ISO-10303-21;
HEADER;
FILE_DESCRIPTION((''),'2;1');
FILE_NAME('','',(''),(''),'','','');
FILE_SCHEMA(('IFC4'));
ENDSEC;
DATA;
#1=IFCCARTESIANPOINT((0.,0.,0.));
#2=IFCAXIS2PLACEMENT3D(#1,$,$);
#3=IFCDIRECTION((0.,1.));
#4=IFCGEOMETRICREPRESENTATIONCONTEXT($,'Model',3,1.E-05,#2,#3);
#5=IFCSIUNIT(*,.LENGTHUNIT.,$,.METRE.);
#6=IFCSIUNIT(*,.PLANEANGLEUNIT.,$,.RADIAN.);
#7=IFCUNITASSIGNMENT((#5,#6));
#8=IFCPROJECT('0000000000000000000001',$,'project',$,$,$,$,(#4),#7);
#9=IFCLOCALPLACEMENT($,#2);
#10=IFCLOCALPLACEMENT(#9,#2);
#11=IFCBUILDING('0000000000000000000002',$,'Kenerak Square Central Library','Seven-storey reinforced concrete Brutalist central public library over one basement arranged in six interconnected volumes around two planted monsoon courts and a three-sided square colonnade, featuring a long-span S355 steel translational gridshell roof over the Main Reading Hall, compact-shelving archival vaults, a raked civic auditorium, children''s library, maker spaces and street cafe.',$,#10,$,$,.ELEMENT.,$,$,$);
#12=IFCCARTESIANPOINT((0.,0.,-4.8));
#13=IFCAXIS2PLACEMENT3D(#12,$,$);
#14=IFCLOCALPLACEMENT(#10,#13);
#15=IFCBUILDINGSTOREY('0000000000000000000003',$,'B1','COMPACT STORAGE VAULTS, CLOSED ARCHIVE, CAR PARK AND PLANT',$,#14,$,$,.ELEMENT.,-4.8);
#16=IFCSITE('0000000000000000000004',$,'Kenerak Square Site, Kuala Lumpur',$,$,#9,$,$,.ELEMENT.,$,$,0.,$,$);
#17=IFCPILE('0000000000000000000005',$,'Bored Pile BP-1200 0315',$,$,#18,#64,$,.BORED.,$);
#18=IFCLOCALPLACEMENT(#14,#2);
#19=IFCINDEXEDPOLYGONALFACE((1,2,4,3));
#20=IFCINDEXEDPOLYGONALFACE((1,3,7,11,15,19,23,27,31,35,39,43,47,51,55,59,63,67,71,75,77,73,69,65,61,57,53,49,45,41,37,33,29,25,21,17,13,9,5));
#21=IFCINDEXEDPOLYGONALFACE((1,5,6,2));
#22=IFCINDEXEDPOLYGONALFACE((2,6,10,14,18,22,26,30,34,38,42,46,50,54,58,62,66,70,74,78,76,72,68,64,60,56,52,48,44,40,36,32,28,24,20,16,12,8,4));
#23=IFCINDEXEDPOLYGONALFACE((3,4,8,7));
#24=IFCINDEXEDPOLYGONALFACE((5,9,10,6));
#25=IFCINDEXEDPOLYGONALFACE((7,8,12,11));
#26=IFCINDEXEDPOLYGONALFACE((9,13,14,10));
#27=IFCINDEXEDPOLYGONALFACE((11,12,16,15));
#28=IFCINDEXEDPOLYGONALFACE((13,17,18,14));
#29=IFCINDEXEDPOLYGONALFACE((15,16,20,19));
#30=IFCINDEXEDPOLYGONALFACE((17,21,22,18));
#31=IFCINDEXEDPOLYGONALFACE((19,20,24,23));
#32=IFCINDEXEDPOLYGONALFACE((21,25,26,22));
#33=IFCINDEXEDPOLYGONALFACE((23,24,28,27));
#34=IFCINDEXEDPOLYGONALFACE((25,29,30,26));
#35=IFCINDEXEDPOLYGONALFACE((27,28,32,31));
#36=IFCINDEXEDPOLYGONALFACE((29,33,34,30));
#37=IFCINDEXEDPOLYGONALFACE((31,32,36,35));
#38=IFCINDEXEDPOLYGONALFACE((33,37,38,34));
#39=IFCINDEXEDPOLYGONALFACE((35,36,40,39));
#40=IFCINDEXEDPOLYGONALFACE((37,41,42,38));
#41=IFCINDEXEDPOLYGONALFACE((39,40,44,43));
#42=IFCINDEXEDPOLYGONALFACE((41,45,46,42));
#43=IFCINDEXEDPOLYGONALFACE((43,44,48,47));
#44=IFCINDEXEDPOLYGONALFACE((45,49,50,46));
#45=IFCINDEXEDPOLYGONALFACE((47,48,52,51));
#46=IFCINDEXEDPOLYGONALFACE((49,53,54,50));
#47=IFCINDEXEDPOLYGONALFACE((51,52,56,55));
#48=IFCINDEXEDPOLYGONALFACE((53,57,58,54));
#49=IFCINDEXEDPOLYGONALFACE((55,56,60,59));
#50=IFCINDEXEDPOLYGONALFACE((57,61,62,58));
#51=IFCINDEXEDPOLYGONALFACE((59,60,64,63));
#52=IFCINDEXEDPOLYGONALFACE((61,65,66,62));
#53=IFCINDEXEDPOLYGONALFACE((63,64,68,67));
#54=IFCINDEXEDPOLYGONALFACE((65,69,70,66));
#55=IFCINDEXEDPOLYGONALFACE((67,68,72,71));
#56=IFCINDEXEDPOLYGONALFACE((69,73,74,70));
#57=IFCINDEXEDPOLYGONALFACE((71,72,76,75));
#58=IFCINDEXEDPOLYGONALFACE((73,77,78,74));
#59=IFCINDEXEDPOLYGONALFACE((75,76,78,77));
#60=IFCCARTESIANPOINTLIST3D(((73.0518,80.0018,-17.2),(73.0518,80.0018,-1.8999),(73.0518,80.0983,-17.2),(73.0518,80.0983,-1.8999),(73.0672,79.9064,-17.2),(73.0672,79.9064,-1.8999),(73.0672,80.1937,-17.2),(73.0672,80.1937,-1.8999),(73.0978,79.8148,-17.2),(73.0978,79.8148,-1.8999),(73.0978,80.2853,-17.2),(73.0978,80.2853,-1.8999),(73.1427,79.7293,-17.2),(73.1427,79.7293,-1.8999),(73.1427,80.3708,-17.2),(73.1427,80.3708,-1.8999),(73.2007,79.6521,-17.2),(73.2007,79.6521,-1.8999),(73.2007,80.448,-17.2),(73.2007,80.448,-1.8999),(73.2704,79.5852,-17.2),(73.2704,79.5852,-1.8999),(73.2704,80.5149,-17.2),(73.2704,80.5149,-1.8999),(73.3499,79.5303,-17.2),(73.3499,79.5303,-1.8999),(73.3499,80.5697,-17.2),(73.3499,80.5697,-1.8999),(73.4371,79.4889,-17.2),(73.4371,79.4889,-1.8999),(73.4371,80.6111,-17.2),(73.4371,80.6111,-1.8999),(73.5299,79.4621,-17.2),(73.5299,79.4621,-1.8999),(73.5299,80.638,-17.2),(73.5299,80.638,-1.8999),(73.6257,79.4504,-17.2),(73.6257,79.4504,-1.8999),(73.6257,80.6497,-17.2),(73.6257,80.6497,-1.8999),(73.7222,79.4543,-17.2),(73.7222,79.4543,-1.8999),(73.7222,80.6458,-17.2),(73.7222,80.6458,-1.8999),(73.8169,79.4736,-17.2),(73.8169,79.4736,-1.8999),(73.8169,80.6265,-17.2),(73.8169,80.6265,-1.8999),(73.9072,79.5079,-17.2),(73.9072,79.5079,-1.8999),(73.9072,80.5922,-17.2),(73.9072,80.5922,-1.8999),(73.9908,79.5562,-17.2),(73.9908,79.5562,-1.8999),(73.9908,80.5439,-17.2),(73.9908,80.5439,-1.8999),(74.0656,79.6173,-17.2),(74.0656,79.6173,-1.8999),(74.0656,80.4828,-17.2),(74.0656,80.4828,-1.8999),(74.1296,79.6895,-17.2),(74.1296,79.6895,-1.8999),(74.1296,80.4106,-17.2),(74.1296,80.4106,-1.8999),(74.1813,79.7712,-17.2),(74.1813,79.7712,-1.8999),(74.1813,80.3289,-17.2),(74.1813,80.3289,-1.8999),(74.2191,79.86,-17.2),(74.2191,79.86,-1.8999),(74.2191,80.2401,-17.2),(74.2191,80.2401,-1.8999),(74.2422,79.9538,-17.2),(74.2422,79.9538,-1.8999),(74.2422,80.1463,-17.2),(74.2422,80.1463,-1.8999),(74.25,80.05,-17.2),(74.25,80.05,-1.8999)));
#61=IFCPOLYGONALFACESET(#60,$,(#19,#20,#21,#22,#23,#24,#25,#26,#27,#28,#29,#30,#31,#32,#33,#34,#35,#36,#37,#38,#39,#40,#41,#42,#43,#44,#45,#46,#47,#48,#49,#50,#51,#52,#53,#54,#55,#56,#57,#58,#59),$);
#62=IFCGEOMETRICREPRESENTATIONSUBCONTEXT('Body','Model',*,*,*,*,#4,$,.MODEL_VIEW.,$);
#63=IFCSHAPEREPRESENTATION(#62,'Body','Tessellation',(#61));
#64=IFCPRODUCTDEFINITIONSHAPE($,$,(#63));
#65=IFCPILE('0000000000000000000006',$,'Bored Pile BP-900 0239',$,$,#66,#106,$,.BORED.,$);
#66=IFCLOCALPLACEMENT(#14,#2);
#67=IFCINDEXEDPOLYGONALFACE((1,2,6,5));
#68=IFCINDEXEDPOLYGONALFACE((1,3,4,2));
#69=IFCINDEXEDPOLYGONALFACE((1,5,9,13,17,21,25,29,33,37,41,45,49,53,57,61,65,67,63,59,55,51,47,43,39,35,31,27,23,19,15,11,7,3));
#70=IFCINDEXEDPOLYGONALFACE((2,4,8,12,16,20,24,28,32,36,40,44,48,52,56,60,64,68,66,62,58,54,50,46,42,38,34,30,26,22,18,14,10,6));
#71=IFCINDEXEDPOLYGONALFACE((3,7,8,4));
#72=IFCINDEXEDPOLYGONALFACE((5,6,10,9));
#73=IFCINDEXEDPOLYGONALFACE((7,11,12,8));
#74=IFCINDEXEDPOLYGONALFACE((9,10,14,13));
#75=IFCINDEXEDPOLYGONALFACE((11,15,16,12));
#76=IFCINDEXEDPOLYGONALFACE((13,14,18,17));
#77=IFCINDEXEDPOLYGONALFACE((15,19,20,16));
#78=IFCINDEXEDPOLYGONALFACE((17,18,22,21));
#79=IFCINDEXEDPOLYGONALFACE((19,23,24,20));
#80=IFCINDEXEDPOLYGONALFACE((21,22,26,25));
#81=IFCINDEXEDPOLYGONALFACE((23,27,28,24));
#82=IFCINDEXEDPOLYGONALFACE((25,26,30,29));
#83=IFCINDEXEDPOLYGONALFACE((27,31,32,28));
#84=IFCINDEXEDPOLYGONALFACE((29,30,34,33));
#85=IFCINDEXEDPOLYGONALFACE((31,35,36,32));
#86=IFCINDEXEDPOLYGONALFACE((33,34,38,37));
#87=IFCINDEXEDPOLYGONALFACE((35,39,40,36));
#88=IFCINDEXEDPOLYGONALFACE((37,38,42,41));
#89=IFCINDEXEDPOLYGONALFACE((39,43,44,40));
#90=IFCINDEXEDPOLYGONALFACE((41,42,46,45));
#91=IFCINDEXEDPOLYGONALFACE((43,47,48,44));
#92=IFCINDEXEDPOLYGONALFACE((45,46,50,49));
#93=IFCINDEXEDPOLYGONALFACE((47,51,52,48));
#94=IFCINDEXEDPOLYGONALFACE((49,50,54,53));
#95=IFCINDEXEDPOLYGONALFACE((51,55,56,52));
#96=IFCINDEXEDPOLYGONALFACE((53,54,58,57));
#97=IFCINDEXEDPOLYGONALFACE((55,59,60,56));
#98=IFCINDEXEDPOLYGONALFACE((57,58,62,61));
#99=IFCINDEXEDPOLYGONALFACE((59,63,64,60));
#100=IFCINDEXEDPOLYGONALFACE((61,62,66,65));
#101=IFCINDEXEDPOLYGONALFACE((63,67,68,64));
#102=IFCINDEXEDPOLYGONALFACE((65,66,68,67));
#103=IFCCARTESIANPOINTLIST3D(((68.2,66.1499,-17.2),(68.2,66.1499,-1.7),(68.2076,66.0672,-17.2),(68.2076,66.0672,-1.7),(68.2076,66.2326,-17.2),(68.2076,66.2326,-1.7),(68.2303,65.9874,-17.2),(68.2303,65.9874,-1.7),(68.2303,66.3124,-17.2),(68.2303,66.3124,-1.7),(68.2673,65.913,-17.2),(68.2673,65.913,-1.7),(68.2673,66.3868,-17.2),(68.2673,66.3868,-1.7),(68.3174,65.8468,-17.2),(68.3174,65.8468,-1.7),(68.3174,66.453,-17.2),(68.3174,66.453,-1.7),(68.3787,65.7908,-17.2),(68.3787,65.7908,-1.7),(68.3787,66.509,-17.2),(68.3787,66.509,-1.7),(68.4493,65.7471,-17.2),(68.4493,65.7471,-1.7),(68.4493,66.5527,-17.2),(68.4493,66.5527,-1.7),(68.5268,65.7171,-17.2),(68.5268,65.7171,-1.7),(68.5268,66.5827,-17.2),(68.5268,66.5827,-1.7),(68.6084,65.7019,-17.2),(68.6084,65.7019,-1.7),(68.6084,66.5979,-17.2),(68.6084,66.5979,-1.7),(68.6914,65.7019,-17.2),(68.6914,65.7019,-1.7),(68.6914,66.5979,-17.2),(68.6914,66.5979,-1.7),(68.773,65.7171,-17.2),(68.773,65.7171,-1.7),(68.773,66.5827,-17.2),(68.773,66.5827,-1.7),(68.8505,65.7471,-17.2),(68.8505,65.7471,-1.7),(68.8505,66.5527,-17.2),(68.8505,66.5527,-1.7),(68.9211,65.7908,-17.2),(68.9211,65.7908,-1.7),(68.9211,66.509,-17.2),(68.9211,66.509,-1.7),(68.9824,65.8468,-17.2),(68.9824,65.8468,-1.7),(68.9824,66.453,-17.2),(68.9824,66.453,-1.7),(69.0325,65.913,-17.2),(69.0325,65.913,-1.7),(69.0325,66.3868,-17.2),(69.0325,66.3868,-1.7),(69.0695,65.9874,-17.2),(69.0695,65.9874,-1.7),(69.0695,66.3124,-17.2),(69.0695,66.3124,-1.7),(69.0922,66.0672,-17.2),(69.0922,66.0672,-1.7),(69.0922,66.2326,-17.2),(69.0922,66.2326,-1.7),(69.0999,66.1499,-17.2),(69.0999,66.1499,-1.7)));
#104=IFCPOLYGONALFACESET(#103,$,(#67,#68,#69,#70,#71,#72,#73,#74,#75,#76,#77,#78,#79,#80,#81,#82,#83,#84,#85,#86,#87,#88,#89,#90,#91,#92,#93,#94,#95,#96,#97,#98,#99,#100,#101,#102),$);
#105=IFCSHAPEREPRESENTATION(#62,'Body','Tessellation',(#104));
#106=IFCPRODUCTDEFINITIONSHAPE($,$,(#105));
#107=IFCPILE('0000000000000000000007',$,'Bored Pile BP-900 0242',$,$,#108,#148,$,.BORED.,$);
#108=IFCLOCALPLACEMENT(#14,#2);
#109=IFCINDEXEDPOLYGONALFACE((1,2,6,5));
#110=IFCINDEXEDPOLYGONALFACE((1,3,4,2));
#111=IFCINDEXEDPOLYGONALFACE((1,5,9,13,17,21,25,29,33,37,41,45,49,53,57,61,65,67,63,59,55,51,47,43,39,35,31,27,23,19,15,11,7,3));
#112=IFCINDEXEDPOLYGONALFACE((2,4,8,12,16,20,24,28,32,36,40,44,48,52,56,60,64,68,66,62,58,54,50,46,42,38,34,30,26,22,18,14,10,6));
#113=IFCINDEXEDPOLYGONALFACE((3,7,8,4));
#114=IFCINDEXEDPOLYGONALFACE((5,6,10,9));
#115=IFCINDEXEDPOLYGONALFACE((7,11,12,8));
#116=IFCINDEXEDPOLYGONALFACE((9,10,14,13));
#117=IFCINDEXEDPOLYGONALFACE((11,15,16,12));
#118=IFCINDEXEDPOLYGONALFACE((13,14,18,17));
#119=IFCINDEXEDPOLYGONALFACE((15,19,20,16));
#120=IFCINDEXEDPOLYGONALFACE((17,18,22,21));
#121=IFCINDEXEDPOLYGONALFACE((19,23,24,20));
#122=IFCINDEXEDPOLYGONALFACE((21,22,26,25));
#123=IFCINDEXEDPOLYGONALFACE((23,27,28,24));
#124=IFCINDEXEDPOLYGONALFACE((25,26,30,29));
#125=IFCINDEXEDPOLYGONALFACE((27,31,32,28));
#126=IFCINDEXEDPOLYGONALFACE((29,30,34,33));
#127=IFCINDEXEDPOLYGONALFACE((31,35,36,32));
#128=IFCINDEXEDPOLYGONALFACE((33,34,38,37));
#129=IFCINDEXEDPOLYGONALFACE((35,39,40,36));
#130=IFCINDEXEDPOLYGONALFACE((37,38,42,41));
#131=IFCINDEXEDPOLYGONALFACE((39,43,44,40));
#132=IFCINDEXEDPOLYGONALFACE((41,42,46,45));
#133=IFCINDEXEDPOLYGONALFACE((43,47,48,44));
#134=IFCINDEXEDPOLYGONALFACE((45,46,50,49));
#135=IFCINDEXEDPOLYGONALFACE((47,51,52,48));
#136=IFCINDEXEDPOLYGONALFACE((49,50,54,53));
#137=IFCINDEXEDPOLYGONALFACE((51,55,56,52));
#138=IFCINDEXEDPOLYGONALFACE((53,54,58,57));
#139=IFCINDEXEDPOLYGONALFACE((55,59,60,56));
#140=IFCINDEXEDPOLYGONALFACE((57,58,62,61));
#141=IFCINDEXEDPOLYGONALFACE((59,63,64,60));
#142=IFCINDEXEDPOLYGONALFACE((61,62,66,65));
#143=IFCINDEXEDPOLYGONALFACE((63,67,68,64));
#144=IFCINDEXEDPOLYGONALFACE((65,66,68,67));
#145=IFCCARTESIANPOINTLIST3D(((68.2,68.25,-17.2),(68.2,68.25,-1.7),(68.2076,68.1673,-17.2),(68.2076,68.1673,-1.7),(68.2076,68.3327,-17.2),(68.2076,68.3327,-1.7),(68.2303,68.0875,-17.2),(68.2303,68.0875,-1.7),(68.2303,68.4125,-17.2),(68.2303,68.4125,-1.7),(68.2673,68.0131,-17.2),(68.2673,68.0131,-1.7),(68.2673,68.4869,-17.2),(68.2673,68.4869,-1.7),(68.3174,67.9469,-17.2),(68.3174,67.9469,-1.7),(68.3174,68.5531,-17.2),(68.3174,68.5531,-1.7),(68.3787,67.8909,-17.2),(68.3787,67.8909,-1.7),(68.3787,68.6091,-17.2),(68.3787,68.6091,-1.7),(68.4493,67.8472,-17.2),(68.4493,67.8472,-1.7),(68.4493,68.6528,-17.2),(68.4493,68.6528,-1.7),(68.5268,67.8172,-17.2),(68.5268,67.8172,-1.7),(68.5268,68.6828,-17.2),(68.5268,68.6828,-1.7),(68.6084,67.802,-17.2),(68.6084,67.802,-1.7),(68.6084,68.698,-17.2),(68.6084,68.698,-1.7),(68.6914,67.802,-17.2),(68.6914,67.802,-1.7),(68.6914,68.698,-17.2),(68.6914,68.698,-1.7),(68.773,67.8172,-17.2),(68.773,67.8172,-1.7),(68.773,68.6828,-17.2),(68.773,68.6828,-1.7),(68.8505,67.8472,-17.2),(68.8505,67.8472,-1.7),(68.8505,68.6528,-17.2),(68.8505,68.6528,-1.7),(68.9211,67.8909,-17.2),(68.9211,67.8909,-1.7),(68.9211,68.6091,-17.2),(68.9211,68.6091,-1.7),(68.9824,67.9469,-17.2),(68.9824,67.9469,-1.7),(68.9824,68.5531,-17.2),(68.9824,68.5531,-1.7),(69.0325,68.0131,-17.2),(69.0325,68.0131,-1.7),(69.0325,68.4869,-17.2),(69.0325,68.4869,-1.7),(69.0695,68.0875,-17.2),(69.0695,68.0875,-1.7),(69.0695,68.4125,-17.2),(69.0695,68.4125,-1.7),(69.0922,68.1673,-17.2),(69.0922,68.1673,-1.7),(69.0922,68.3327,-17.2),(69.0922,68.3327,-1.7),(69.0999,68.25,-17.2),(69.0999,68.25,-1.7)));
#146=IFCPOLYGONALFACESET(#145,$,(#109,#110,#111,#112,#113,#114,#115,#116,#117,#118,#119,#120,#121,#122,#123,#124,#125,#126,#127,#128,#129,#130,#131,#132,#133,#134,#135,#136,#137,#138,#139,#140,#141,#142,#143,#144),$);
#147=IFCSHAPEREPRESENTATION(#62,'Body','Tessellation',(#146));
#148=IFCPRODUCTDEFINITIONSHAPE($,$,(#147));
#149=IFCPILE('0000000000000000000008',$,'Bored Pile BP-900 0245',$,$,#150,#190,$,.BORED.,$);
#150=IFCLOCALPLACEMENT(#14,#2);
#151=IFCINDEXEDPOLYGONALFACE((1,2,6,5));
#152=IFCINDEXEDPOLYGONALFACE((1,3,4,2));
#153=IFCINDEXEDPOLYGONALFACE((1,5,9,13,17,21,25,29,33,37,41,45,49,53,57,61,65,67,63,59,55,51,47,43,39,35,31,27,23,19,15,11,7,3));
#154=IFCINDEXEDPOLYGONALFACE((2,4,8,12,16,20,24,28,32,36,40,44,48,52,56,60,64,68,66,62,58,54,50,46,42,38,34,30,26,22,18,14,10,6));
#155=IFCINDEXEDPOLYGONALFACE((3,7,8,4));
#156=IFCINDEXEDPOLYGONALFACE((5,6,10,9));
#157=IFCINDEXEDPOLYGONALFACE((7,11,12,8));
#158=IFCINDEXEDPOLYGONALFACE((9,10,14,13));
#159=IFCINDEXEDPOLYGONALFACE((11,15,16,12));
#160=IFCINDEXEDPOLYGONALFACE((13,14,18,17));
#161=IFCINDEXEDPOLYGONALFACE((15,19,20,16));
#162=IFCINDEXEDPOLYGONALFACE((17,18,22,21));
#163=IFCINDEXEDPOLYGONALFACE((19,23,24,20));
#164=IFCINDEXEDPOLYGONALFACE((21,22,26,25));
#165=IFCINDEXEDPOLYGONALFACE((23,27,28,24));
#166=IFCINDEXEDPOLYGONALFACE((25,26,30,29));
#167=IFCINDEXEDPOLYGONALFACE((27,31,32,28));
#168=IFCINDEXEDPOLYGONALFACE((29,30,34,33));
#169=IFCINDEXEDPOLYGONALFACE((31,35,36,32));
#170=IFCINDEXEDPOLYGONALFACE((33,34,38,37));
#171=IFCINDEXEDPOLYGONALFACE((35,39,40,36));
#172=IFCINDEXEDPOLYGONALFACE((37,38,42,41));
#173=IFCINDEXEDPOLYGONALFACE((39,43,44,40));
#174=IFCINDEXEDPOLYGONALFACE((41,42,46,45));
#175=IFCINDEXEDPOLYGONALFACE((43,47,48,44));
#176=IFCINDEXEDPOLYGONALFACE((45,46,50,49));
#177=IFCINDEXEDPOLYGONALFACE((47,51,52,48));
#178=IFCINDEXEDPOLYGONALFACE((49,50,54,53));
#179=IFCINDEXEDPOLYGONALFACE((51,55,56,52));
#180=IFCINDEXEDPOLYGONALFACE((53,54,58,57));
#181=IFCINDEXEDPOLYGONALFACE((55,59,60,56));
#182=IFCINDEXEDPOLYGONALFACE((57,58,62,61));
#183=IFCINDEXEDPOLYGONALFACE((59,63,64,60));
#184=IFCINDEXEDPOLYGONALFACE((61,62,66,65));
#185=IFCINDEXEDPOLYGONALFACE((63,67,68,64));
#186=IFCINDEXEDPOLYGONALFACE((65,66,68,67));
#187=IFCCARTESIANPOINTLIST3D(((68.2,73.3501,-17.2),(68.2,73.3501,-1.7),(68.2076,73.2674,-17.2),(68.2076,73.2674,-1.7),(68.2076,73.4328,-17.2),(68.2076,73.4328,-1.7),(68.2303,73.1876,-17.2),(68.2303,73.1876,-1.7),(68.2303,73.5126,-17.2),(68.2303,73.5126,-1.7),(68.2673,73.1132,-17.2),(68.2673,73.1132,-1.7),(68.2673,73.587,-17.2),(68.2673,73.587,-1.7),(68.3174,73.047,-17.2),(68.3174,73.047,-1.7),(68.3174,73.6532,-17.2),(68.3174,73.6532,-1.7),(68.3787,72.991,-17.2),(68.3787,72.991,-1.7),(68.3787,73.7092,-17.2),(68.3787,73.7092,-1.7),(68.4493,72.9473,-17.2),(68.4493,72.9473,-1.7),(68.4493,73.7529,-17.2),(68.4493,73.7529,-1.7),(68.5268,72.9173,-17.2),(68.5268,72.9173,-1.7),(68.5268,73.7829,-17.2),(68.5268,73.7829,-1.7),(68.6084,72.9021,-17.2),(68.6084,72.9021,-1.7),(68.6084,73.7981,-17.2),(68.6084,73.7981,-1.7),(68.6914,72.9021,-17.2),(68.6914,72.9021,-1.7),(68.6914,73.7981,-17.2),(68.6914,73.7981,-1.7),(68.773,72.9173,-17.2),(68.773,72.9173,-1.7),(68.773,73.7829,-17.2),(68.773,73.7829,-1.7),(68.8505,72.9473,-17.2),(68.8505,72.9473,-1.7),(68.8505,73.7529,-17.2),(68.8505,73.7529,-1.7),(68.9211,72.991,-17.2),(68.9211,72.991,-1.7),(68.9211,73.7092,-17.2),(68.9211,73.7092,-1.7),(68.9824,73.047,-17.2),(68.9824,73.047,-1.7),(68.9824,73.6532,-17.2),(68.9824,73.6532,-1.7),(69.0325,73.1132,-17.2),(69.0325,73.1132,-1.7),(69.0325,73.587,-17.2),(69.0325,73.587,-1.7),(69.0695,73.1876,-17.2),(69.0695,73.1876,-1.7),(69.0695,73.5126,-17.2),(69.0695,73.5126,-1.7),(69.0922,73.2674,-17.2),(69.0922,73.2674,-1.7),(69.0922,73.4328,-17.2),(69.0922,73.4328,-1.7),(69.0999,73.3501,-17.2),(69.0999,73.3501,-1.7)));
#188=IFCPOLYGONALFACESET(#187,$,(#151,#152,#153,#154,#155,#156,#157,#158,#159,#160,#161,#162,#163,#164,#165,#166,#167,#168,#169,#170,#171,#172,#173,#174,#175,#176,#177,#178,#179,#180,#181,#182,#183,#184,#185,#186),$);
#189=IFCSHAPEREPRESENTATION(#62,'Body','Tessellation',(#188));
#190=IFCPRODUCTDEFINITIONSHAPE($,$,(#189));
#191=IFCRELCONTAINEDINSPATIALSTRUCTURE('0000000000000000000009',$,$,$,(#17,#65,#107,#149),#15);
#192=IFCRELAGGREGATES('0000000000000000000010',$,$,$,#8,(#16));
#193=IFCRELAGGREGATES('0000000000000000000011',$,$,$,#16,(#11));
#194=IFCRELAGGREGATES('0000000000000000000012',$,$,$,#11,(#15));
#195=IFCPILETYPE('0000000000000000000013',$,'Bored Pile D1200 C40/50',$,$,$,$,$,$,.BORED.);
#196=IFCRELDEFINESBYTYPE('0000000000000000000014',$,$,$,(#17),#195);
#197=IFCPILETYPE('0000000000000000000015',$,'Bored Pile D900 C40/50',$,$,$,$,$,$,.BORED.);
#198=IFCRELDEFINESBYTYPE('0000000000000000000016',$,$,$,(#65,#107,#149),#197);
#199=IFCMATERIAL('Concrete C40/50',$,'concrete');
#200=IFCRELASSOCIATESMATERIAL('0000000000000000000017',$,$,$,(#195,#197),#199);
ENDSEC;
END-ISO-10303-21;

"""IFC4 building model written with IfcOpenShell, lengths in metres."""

from ifc_helpers import new_model, si_unit, direction, frame, origin, origin_2d, place, context, subcontext, project, spatial, circle, extrude, material, material_profile, profile_set, type_object, element, save


model = new_model("IFC4")

# Units and contexts
model_context = context("Model", 3, precision=1e-05, world=origin(), true_north=direction((0.0, 1.0)))
body_context = subcontext(model_context, "Body", "Model", "MODEL_VIEW")
ifc_project = project(units=[si_unit("LENGTHUNIT", "METRE"), si_unit("PLANEANGLEUNIT", "RADIAN")], contexts=[model_context])

# Site, building, storey
site_placement = place(None, origin())
site = spatial("IfcSite", under=ifc_project, at=site_placement, Name="Kenerak Square Site, Kuala Lumpur", CompositionType="ELEMENT", RefElevation=0.0)
building_placement = place(site_placement, origin())
building = spatial("IfcBuilding", under=site, at=building_placement, Name="Kenerak Square Central Library", Description="Seven-storey reinforced concrete Brutalist central public library over one basement arranged in six interconnected volumes around two planted monsoon courts and a three-sided square colonnade, featuring a long-span S355 steel translational gridshell roof over the Main Reading Hall, compact-shelving archival vaults, a raked civic auditorium, children's library, maker spaces and street cafe.", CompositionType="ELEMENT")
storey_placement = place(building_placement, frame((0.0, 0.0, -4.8)))
storey = spatial("IfcBuildingStorey", under=building, at=storey_placement, Name="B1", Description="COMPACT STORAGE VAULTS, CLOSED ARCHIVE, CAR PARK AND PLANT", CompositionType="ELEMENT", Elevation=-4.8)

# Piles
ifc_material_1 = material(Name="Concrete C40/50", Category="concrete")
ifc_material_profile_1 = material_profile(ifc_material_1, circle(Radius=0.6001, at=origin_2d()), Name="BP D1200")
ifc_profile_set_1 = profile_set([ifc_material_profile_1], Name="Concrete C40/50")
pile_type_1 = type_object("IfcPileType", Name="Bored Pile D1200 C40/50", PredefinedType="BORED", material=ifc_profile_set_1)
for number, where, z_axis, x_axis, name in (
    (1, (73.6499, 80.05, -1.8999), (0.0, 0.0, -1.0), (1.0, 0.0, 0.0), "Bored Pile BP-1200 0315"),
):
    element("IfcPile", number, at=place(storey_placement, frame(where, z_axis=z_axis, x_axis=x_axis)), inside=storey, type_object=pile_type_1, Name=name, PredefinedType="BORED", context=body_context, shape_type="SweptSolid", body=[
        extrude(circle(Radius=0.6001, at=origin_2d()), origin(), (0.0, 0.0, 1.0), 15.3),
    ])
ifc_material_profile_2 = material_profile(ifc_material_1, circle(Radius=0.45, at=origin_2d()), Name="BP D900")
ifc_profile_set_2 = profile_set([ifc_material_profile_2], Name="Concrete C40/50")
pile_type_2 = type_object("IfcPileType", Name="Bored Pile D900 C40/50", PredefinedType="BORED", material=ifc_profile_set_2)
for number, where, z_axis, x_axis, name in (
    (2, (68.6499, 66.1499, -1.7), (0.0, 0.0, -1.0), (1.0, 0.0, 0.0), "Bored Pile BP-900 0239"),
    (3, (68.6499, 68.25, -1.7), (0.0, 0.0, -1.0), (1.0, 0.0, 0.0), "Bored Pile BP-900 0242"),
    (4, (68.6499, 73.3501, -1.7), (0.0, 0.0, -1.0), (1.0, 0.0, 0.0), "Bored Pile BP-900 0245"),
):
    element("IfcPile", number, at=place(storey_placement, frame(where, z_axis=z_axis, x_axis=x_axis)), inside=storey, type_object=pile_type_2, Name=name, PredefinedType="BORED", context=body_context, shape_type="SweptSolid", body=[
        extrude(circle(Radius=0.45, at=origin_2d()), origin(), (0.0, 0.0, 1.0), 15.5),
    ])

save(model, "model.ifc")
